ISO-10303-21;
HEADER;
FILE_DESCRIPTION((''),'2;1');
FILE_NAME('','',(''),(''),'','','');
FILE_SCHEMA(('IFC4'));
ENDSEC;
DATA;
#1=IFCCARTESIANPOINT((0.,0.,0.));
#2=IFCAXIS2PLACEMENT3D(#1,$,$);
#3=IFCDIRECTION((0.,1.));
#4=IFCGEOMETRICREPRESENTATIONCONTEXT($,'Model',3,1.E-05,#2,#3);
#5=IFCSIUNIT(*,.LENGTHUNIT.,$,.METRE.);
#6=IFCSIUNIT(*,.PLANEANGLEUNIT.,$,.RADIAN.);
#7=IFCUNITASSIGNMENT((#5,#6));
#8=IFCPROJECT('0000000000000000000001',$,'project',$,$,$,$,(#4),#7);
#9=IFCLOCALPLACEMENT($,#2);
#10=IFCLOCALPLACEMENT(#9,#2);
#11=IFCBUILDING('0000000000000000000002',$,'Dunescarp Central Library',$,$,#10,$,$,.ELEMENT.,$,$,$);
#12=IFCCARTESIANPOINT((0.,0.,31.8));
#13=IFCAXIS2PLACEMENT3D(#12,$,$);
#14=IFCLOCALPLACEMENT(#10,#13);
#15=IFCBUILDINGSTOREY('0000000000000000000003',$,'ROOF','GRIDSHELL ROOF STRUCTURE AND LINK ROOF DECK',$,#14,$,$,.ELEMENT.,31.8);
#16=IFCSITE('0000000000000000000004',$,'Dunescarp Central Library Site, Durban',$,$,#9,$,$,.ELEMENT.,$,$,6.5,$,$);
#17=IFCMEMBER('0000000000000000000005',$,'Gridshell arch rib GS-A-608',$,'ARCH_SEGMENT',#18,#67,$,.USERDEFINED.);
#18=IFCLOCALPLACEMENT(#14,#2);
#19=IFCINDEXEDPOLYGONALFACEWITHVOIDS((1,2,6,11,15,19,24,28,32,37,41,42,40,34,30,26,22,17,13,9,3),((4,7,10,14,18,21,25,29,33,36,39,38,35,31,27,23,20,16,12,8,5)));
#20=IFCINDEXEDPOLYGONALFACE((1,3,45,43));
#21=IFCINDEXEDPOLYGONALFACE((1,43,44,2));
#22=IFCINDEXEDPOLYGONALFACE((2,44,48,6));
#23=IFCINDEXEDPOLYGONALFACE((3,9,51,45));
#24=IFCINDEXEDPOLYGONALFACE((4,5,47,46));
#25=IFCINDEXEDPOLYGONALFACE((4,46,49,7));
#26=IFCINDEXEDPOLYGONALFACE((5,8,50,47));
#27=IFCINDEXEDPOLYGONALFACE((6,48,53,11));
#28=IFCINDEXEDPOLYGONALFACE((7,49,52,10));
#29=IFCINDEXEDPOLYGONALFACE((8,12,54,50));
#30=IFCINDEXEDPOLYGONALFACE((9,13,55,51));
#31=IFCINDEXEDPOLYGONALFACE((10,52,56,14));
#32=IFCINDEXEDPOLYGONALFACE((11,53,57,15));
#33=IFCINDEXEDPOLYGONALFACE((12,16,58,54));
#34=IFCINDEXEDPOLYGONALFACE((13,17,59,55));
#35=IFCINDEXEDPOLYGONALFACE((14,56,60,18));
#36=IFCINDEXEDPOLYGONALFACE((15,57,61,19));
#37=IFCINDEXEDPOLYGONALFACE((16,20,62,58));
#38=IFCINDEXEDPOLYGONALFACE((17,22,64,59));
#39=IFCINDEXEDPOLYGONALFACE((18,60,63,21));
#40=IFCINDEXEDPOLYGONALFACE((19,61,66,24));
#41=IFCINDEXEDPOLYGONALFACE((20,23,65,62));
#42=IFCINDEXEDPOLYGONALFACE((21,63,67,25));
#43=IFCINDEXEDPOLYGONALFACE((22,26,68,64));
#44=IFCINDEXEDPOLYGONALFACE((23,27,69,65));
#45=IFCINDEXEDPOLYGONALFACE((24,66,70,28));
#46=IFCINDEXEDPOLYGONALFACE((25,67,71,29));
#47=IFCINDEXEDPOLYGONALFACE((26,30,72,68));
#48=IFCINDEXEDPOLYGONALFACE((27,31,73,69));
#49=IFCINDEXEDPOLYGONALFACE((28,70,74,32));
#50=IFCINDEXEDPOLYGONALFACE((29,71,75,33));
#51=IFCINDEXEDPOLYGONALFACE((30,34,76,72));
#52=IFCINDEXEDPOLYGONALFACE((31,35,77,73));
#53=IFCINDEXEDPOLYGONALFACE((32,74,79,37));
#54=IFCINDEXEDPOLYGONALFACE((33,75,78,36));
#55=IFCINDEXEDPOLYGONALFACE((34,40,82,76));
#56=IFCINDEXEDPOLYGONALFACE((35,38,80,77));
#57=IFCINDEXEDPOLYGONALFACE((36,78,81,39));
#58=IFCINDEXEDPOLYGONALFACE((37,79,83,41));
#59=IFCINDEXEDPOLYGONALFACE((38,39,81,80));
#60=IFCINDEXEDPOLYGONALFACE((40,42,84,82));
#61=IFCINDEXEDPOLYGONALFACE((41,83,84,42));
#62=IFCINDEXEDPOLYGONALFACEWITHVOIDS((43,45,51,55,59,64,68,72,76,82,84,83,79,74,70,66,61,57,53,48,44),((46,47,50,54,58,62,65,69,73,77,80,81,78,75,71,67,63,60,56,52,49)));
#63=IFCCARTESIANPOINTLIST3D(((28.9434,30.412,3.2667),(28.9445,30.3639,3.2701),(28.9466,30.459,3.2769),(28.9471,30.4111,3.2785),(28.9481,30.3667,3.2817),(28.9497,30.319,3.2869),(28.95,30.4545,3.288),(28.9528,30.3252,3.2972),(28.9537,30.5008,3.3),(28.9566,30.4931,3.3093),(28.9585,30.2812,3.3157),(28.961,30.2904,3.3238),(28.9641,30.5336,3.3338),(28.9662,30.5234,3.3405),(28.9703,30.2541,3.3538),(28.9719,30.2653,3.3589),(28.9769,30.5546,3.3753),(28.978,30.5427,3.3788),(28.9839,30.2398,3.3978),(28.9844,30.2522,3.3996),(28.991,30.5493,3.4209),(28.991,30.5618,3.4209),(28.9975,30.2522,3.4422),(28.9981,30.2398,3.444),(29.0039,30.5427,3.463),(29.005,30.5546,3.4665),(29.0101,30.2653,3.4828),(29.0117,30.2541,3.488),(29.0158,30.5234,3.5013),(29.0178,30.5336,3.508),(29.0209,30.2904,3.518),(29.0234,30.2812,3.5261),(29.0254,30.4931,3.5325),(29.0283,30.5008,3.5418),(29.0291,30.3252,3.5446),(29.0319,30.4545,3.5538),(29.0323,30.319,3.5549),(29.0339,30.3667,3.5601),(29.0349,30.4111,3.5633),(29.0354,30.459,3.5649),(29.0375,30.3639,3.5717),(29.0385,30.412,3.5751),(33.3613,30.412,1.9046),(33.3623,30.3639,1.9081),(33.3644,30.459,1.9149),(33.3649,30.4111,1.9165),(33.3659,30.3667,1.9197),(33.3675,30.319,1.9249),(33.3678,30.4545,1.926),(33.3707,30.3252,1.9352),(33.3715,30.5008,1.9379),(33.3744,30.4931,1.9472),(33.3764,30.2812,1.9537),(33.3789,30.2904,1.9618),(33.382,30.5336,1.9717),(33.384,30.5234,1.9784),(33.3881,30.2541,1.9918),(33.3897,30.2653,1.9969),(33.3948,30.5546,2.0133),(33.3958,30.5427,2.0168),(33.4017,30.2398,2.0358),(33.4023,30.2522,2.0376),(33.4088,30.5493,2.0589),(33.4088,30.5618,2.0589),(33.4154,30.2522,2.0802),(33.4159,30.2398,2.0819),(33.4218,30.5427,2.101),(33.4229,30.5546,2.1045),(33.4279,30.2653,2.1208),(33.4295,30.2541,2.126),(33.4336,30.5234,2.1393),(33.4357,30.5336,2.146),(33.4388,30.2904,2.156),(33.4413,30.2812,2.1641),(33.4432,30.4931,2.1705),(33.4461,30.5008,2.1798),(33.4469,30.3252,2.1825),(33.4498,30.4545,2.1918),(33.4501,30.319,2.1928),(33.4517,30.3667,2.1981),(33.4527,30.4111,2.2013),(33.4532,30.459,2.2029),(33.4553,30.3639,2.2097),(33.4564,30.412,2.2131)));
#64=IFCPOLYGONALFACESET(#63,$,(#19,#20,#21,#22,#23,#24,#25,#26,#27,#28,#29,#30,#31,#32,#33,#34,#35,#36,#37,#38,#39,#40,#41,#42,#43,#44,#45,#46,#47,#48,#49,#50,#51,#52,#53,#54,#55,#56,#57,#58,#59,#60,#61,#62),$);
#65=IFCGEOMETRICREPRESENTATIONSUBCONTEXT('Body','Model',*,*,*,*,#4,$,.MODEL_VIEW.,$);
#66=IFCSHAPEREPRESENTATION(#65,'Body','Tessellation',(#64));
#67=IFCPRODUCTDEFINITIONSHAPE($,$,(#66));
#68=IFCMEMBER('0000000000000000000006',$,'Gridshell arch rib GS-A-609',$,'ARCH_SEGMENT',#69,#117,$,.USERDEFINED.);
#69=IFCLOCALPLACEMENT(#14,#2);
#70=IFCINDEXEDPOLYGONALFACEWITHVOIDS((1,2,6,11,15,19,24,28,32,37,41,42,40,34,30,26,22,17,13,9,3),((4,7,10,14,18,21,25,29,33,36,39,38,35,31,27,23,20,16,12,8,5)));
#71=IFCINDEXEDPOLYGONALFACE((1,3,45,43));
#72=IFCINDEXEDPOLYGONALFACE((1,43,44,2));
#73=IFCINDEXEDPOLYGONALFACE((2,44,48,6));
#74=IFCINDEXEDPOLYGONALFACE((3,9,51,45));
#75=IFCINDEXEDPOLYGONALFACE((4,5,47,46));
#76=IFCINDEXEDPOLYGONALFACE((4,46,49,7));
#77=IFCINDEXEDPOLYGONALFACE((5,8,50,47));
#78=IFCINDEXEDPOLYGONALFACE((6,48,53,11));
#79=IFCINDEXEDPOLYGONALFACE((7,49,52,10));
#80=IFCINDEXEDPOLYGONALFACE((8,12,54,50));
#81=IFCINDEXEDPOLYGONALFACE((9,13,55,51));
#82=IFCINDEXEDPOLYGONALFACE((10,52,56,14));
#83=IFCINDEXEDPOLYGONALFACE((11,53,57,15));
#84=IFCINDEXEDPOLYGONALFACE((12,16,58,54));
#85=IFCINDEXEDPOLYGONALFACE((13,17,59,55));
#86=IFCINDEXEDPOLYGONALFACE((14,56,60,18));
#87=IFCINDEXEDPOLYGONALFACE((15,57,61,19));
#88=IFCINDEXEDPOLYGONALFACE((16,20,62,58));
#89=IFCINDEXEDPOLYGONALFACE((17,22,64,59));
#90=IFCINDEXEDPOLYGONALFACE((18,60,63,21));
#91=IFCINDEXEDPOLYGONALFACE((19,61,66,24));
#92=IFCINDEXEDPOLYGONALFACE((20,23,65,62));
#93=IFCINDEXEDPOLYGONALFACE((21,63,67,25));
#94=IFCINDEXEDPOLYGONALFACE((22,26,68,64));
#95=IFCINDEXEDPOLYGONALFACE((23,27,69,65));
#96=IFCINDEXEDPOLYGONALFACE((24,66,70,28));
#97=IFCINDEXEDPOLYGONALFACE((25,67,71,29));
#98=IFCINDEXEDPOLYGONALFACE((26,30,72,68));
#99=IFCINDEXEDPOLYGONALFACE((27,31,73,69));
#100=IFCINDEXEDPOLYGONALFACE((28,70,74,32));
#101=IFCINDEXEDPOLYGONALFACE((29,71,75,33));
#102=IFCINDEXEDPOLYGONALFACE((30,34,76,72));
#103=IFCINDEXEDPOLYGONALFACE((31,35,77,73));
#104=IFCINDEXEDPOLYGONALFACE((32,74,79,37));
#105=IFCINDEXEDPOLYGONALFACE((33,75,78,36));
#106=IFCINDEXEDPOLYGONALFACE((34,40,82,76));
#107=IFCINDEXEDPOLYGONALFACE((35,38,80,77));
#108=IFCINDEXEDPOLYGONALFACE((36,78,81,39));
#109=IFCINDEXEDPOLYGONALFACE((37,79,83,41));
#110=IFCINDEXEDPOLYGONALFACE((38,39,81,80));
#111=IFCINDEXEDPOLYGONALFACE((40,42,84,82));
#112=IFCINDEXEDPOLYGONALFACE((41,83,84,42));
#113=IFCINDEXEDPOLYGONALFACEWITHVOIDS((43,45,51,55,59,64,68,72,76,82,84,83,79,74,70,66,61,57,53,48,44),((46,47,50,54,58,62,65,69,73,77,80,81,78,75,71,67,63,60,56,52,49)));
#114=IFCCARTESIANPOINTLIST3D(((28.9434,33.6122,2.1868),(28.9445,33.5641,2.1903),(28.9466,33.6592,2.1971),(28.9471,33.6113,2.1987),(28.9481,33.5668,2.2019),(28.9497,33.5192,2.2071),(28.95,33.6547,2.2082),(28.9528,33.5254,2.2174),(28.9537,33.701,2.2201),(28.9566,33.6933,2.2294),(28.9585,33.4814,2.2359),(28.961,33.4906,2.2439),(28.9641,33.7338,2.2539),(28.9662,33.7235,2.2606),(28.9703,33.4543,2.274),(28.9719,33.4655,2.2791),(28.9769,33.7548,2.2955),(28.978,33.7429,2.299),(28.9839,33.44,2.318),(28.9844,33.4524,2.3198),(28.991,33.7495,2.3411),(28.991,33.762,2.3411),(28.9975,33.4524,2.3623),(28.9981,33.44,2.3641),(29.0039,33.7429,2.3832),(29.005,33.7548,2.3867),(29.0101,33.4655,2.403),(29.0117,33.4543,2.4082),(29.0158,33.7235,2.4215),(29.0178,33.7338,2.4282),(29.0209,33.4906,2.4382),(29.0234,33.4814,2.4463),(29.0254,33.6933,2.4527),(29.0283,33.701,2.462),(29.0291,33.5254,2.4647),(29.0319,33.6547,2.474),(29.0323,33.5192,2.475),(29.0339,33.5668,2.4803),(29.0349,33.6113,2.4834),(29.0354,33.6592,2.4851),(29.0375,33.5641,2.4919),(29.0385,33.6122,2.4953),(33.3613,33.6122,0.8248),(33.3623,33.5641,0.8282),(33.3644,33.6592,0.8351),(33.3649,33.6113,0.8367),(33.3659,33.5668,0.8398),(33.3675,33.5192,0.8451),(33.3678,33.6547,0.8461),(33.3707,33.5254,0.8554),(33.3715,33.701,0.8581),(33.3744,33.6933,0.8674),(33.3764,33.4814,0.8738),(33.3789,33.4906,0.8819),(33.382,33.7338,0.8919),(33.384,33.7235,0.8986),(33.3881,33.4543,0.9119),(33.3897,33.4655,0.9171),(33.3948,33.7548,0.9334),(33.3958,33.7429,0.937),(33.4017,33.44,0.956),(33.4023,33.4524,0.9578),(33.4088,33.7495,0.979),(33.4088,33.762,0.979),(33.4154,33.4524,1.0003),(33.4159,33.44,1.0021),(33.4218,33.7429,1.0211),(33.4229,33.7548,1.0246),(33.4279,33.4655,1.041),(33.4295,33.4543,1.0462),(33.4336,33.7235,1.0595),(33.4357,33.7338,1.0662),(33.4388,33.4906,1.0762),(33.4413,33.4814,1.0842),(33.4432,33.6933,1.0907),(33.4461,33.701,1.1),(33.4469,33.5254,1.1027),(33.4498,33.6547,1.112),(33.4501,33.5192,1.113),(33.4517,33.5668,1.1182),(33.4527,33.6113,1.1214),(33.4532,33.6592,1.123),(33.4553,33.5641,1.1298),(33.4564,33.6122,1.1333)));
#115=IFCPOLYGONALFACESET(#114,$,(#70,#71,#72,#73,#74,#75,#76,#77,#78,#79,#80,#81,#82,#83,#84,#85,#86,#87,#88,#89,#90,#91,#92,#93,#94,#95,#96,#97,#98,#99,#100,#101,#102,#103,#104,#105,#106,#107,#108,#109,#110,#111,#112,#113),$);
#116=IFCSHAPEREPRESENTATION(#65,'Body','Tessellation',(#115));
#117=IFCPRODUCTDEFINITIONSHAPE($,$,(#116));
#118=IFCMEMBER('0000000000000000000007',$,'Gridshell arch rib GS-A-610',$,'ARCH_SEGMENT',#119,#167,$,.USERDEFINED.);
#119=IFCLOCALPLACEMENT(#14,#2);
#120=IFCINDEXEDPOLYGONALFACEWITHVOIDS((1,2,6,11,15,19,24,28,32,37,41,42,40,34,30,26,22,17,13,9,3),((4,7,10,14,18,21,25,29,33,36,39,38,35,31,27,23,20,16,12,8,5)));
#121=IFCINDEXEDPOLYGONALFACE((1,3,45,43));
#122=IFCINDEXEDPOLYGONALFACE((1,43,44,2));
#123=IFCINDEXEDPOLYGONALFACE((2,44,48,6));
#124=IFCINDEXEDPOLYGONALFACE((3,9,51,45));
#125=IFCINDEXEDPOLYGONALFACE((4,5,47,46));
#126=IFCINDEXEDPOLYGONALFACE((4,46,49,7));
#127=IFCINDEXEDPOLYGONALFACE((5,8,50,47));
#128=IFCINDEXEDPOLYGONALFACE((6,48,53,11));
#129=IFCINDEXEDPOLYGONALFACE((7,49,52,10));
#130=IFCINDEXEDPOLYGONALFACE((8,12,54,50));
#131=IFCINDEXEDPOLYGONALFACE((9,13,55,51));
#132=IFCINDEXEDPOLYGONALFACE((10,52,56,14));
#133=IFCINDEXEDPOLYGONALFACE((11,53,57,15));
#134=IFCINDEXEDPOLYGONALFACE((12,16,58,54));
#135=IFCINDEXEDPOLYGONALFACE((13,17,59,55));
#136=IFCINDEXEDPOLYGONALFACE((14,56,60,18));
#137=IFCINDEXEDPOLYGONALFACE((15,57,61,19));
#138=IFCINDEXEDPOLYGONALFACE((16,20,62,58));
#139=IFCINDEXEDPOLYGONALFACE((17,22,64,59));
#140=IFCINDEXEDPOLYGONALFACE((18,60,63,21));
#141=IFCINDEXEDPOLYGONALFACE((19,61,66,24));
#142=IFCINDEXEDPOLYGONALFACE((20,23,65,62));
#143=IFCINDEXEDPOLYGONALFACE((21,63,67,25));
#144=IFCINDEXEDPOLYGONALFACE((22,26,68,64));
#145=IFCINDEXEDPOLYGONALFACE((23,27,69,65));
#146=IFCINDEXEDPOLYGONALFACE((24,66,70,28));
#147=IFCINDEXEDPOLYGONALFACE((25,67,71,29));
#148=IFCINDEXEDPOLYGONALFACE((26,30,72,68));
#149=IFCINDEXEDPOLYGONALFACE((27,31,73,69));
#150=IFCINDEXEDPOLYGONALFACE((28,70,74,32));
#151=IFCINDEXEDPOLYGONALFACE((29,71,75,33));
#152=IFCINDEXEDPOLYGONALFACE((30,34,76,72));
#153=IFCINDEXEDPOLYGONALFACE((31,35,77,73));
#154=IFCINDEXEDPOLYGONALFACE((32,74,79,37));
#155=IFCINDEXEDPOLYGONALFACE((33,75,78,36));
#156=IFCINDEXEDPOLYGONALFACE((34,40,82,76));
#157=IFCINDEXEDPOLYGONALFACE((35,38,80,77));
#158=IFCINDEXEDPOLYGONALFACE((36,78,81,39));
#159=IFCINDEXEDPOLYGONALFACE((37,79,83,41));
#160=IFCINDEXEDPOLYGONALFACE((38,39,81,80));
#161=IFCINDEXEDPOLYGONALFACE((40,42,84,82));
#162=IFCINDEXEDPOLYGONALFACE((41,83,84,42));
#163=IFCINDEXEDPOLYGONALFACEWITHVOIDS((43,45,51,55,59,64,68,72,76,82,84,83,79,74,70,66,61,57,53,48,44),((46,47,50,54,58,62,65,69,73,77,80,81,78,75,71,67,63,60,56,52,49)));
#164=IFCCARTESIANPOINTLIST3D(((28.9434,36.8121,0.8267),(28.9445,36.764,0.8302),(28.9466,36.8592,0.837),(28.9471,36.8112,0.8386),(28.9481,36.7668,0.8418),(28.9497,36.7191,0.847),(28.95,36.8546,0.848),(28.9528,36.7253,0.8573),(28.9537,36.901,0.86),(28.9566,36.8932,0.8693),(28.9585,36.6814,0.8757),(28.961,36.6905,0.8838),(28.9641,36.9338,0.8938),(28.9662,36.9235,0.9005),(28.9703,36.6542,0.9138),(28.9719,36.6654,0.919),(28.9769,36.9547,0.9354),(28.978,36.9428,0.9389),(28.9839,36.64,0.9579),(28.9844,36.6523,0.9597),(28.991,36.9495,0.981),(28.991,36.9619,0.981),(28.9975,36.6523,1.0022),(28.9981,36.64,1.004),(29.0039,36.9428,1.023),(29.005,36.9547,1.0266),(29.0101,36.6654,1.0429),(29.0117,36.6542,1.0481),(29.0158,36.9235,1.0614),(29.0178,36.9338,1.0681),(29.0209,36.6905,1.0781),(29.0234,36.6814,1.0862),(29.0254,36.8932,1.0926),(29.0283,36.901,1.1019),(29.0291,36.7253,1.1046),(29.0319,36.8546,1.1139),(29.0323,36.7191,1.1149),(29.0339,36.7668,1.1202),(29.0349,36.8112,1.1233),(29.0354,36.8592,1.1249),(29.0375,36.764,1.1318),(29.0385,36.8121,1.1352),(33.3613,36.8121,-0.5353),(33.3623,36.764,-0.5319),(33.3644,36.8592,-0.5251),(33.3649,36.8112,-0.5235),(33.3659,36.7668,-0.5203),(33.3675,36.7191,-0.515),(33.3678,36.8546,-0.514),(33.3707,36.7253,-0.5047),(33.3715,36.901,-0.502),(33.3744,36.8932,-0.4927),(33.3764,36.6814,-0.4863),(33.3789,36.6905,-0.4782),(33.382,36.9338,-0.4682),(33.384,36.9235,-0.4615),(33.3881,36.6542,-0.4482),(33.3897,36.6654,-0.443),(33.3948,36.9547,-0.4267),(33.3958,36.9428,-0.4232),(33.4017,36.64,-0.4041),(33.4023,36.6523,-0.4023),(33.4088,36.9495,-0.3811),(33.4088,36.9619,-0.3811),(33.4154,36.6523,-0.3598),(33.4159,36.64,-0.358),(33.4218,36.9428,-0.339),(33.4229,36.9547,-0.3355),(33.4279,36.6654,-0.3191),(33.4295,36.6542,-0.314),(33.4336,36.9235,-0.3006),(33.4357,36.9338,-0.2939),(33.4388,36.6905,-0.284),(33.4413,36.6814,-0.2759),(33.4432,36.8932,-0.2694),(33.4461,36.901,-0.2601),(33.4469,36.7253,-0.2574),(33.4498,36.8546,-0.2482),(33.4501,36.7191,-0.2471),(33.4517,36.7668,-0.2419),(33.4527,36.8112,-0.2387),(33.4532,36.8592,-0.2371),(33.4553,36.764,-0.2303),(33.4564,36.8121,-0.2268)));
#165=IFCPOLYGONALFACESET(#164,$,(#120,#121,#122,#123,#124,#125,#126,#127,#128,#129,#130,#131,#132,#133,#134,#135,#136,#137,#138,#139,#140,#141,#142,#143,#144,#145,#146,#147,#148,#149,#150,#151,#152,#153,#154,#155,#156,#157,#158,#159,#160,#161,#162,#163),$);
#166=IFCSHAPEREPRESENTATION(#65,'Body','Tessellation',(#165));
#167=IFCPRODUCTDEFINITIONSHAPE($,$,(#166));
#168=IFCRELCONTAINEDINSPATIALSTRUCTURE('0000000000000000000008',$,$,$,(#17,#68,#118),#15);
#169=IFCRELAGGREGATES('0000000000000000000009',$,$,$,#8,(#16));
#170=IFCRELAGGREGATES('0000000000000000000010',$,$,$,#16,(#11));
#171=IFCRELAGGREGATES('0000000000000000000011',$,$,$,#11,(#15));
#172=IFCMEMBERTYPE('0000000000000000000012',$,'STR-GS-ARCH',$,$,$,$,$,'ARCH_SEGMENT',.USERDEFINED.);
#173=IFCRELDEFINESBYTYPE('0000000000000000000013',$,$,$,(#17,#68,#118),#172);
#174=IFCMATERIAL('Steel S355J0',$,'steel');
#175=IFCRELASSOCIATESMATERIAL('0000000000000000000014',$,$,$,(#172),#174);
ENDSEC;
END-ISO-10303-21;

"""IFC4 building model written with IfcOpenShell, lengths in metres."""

from ifc_helpers import new_model, si_unit, direction, frame, origin, origin_2d, place, context, subcontext, project, spatial, hollow_circle, extrude, material, material_profile, profile_set, type_object, element, save


model = new_model("IFC4")

# Units and contexts
model_context = context("Model", 3, precision=1e-05, world=origin(), true_north=direction((0.0, 1.0)))
body_context = subcontext(model_context, "Body", "Model", "MODEL_VIEW")
ifc_project = project(units=[si_unit("LENGTHUNIT", "METRE"), si_unit("PLANEANGLEUNIT", "RADIAN")], contexts=[model_context])

# Site, building, storey
site_placement = place(None, origin())
site = spatial("IfcSite", under=ifc_project, at=site_placement, Name="Dunescarp Central Library Site, Durban", CompositionType="ELEMENT", RefElevation=6.5)
building_placement = place(site_placement, origin())
building = spatial("IfcBuilding", under=site, at=building_placement, Name="Dunescarp Central Library", CompositionType="ELEMENT")
storey_placement = place(building_placement, frame((0.0, 0.0, 31.8)))
storey = spatial("IfcBuildingStorey", under=building, at=storey_placement, Name="ROOF", Description="GRIDSHELL ROOF STRUCTURE AND LINK ROOF DECK", CompositionType="ELEMENT", Elevation=31.8)

# Members
ifc_material_1 = material(Name="Steel S355J0", Category="steel")
ifc_material_profile_1 = material_profile(ifc_material_1, hollow_circle(Radius=0.1619, WallThickness=0.0125, at=origin_2d()), Name="CHS 323.9x12.5")
ifc_profile_set_1 = profile_set([ifc_material_profile_1], Name="Steel S355J0")
member_type_1 = type_object("IfcMemberType", Name="STR-GS-ARCH", ElementType="ARCH_SEGMENT", PredefinedType="USERDEFINED", material=ifc_profile_set_1)
for number, where, z_axis, x_axis, name in (
    (1, (28.991, 30.3999, 3.4209), (0.955616, 0.0, -0.294616), (0.0, 1.0, 0.0), "Gridshell arch rib GS-A-608"),
    (2, (28.991, 33.6001, 2.3411), (0.955616, 0.0, -0.294616), (0.0, 1.0, 0.0), "Gridshell arch rib GS-A-609"),
    (3, (28.991, 36.8, 0.981), (0.955616, 0.0, -0.294616), (0.0, 1.0, 0.0), "Gridshell arch rib GS-A-610"),
):
    element("IfcMember", number, at=place(storey_placement, frame(where, z_axis=z_axis, x_axis=x_axis)), inside=storey, type_object=member_type_1, Name=name, ObjectType="ARCH_SEGMENT", PredefinedType="USERDEFINED", context=body_context, shape_type="SweptSolid", body=[
        extrude(hollow_circle(Radius=0.1619, WallThickness=0.0125, at=origin_2d()), origin(), (0.0, 0.0, 1.0), 4.623),
    ])

save(model, "model.ifc")
